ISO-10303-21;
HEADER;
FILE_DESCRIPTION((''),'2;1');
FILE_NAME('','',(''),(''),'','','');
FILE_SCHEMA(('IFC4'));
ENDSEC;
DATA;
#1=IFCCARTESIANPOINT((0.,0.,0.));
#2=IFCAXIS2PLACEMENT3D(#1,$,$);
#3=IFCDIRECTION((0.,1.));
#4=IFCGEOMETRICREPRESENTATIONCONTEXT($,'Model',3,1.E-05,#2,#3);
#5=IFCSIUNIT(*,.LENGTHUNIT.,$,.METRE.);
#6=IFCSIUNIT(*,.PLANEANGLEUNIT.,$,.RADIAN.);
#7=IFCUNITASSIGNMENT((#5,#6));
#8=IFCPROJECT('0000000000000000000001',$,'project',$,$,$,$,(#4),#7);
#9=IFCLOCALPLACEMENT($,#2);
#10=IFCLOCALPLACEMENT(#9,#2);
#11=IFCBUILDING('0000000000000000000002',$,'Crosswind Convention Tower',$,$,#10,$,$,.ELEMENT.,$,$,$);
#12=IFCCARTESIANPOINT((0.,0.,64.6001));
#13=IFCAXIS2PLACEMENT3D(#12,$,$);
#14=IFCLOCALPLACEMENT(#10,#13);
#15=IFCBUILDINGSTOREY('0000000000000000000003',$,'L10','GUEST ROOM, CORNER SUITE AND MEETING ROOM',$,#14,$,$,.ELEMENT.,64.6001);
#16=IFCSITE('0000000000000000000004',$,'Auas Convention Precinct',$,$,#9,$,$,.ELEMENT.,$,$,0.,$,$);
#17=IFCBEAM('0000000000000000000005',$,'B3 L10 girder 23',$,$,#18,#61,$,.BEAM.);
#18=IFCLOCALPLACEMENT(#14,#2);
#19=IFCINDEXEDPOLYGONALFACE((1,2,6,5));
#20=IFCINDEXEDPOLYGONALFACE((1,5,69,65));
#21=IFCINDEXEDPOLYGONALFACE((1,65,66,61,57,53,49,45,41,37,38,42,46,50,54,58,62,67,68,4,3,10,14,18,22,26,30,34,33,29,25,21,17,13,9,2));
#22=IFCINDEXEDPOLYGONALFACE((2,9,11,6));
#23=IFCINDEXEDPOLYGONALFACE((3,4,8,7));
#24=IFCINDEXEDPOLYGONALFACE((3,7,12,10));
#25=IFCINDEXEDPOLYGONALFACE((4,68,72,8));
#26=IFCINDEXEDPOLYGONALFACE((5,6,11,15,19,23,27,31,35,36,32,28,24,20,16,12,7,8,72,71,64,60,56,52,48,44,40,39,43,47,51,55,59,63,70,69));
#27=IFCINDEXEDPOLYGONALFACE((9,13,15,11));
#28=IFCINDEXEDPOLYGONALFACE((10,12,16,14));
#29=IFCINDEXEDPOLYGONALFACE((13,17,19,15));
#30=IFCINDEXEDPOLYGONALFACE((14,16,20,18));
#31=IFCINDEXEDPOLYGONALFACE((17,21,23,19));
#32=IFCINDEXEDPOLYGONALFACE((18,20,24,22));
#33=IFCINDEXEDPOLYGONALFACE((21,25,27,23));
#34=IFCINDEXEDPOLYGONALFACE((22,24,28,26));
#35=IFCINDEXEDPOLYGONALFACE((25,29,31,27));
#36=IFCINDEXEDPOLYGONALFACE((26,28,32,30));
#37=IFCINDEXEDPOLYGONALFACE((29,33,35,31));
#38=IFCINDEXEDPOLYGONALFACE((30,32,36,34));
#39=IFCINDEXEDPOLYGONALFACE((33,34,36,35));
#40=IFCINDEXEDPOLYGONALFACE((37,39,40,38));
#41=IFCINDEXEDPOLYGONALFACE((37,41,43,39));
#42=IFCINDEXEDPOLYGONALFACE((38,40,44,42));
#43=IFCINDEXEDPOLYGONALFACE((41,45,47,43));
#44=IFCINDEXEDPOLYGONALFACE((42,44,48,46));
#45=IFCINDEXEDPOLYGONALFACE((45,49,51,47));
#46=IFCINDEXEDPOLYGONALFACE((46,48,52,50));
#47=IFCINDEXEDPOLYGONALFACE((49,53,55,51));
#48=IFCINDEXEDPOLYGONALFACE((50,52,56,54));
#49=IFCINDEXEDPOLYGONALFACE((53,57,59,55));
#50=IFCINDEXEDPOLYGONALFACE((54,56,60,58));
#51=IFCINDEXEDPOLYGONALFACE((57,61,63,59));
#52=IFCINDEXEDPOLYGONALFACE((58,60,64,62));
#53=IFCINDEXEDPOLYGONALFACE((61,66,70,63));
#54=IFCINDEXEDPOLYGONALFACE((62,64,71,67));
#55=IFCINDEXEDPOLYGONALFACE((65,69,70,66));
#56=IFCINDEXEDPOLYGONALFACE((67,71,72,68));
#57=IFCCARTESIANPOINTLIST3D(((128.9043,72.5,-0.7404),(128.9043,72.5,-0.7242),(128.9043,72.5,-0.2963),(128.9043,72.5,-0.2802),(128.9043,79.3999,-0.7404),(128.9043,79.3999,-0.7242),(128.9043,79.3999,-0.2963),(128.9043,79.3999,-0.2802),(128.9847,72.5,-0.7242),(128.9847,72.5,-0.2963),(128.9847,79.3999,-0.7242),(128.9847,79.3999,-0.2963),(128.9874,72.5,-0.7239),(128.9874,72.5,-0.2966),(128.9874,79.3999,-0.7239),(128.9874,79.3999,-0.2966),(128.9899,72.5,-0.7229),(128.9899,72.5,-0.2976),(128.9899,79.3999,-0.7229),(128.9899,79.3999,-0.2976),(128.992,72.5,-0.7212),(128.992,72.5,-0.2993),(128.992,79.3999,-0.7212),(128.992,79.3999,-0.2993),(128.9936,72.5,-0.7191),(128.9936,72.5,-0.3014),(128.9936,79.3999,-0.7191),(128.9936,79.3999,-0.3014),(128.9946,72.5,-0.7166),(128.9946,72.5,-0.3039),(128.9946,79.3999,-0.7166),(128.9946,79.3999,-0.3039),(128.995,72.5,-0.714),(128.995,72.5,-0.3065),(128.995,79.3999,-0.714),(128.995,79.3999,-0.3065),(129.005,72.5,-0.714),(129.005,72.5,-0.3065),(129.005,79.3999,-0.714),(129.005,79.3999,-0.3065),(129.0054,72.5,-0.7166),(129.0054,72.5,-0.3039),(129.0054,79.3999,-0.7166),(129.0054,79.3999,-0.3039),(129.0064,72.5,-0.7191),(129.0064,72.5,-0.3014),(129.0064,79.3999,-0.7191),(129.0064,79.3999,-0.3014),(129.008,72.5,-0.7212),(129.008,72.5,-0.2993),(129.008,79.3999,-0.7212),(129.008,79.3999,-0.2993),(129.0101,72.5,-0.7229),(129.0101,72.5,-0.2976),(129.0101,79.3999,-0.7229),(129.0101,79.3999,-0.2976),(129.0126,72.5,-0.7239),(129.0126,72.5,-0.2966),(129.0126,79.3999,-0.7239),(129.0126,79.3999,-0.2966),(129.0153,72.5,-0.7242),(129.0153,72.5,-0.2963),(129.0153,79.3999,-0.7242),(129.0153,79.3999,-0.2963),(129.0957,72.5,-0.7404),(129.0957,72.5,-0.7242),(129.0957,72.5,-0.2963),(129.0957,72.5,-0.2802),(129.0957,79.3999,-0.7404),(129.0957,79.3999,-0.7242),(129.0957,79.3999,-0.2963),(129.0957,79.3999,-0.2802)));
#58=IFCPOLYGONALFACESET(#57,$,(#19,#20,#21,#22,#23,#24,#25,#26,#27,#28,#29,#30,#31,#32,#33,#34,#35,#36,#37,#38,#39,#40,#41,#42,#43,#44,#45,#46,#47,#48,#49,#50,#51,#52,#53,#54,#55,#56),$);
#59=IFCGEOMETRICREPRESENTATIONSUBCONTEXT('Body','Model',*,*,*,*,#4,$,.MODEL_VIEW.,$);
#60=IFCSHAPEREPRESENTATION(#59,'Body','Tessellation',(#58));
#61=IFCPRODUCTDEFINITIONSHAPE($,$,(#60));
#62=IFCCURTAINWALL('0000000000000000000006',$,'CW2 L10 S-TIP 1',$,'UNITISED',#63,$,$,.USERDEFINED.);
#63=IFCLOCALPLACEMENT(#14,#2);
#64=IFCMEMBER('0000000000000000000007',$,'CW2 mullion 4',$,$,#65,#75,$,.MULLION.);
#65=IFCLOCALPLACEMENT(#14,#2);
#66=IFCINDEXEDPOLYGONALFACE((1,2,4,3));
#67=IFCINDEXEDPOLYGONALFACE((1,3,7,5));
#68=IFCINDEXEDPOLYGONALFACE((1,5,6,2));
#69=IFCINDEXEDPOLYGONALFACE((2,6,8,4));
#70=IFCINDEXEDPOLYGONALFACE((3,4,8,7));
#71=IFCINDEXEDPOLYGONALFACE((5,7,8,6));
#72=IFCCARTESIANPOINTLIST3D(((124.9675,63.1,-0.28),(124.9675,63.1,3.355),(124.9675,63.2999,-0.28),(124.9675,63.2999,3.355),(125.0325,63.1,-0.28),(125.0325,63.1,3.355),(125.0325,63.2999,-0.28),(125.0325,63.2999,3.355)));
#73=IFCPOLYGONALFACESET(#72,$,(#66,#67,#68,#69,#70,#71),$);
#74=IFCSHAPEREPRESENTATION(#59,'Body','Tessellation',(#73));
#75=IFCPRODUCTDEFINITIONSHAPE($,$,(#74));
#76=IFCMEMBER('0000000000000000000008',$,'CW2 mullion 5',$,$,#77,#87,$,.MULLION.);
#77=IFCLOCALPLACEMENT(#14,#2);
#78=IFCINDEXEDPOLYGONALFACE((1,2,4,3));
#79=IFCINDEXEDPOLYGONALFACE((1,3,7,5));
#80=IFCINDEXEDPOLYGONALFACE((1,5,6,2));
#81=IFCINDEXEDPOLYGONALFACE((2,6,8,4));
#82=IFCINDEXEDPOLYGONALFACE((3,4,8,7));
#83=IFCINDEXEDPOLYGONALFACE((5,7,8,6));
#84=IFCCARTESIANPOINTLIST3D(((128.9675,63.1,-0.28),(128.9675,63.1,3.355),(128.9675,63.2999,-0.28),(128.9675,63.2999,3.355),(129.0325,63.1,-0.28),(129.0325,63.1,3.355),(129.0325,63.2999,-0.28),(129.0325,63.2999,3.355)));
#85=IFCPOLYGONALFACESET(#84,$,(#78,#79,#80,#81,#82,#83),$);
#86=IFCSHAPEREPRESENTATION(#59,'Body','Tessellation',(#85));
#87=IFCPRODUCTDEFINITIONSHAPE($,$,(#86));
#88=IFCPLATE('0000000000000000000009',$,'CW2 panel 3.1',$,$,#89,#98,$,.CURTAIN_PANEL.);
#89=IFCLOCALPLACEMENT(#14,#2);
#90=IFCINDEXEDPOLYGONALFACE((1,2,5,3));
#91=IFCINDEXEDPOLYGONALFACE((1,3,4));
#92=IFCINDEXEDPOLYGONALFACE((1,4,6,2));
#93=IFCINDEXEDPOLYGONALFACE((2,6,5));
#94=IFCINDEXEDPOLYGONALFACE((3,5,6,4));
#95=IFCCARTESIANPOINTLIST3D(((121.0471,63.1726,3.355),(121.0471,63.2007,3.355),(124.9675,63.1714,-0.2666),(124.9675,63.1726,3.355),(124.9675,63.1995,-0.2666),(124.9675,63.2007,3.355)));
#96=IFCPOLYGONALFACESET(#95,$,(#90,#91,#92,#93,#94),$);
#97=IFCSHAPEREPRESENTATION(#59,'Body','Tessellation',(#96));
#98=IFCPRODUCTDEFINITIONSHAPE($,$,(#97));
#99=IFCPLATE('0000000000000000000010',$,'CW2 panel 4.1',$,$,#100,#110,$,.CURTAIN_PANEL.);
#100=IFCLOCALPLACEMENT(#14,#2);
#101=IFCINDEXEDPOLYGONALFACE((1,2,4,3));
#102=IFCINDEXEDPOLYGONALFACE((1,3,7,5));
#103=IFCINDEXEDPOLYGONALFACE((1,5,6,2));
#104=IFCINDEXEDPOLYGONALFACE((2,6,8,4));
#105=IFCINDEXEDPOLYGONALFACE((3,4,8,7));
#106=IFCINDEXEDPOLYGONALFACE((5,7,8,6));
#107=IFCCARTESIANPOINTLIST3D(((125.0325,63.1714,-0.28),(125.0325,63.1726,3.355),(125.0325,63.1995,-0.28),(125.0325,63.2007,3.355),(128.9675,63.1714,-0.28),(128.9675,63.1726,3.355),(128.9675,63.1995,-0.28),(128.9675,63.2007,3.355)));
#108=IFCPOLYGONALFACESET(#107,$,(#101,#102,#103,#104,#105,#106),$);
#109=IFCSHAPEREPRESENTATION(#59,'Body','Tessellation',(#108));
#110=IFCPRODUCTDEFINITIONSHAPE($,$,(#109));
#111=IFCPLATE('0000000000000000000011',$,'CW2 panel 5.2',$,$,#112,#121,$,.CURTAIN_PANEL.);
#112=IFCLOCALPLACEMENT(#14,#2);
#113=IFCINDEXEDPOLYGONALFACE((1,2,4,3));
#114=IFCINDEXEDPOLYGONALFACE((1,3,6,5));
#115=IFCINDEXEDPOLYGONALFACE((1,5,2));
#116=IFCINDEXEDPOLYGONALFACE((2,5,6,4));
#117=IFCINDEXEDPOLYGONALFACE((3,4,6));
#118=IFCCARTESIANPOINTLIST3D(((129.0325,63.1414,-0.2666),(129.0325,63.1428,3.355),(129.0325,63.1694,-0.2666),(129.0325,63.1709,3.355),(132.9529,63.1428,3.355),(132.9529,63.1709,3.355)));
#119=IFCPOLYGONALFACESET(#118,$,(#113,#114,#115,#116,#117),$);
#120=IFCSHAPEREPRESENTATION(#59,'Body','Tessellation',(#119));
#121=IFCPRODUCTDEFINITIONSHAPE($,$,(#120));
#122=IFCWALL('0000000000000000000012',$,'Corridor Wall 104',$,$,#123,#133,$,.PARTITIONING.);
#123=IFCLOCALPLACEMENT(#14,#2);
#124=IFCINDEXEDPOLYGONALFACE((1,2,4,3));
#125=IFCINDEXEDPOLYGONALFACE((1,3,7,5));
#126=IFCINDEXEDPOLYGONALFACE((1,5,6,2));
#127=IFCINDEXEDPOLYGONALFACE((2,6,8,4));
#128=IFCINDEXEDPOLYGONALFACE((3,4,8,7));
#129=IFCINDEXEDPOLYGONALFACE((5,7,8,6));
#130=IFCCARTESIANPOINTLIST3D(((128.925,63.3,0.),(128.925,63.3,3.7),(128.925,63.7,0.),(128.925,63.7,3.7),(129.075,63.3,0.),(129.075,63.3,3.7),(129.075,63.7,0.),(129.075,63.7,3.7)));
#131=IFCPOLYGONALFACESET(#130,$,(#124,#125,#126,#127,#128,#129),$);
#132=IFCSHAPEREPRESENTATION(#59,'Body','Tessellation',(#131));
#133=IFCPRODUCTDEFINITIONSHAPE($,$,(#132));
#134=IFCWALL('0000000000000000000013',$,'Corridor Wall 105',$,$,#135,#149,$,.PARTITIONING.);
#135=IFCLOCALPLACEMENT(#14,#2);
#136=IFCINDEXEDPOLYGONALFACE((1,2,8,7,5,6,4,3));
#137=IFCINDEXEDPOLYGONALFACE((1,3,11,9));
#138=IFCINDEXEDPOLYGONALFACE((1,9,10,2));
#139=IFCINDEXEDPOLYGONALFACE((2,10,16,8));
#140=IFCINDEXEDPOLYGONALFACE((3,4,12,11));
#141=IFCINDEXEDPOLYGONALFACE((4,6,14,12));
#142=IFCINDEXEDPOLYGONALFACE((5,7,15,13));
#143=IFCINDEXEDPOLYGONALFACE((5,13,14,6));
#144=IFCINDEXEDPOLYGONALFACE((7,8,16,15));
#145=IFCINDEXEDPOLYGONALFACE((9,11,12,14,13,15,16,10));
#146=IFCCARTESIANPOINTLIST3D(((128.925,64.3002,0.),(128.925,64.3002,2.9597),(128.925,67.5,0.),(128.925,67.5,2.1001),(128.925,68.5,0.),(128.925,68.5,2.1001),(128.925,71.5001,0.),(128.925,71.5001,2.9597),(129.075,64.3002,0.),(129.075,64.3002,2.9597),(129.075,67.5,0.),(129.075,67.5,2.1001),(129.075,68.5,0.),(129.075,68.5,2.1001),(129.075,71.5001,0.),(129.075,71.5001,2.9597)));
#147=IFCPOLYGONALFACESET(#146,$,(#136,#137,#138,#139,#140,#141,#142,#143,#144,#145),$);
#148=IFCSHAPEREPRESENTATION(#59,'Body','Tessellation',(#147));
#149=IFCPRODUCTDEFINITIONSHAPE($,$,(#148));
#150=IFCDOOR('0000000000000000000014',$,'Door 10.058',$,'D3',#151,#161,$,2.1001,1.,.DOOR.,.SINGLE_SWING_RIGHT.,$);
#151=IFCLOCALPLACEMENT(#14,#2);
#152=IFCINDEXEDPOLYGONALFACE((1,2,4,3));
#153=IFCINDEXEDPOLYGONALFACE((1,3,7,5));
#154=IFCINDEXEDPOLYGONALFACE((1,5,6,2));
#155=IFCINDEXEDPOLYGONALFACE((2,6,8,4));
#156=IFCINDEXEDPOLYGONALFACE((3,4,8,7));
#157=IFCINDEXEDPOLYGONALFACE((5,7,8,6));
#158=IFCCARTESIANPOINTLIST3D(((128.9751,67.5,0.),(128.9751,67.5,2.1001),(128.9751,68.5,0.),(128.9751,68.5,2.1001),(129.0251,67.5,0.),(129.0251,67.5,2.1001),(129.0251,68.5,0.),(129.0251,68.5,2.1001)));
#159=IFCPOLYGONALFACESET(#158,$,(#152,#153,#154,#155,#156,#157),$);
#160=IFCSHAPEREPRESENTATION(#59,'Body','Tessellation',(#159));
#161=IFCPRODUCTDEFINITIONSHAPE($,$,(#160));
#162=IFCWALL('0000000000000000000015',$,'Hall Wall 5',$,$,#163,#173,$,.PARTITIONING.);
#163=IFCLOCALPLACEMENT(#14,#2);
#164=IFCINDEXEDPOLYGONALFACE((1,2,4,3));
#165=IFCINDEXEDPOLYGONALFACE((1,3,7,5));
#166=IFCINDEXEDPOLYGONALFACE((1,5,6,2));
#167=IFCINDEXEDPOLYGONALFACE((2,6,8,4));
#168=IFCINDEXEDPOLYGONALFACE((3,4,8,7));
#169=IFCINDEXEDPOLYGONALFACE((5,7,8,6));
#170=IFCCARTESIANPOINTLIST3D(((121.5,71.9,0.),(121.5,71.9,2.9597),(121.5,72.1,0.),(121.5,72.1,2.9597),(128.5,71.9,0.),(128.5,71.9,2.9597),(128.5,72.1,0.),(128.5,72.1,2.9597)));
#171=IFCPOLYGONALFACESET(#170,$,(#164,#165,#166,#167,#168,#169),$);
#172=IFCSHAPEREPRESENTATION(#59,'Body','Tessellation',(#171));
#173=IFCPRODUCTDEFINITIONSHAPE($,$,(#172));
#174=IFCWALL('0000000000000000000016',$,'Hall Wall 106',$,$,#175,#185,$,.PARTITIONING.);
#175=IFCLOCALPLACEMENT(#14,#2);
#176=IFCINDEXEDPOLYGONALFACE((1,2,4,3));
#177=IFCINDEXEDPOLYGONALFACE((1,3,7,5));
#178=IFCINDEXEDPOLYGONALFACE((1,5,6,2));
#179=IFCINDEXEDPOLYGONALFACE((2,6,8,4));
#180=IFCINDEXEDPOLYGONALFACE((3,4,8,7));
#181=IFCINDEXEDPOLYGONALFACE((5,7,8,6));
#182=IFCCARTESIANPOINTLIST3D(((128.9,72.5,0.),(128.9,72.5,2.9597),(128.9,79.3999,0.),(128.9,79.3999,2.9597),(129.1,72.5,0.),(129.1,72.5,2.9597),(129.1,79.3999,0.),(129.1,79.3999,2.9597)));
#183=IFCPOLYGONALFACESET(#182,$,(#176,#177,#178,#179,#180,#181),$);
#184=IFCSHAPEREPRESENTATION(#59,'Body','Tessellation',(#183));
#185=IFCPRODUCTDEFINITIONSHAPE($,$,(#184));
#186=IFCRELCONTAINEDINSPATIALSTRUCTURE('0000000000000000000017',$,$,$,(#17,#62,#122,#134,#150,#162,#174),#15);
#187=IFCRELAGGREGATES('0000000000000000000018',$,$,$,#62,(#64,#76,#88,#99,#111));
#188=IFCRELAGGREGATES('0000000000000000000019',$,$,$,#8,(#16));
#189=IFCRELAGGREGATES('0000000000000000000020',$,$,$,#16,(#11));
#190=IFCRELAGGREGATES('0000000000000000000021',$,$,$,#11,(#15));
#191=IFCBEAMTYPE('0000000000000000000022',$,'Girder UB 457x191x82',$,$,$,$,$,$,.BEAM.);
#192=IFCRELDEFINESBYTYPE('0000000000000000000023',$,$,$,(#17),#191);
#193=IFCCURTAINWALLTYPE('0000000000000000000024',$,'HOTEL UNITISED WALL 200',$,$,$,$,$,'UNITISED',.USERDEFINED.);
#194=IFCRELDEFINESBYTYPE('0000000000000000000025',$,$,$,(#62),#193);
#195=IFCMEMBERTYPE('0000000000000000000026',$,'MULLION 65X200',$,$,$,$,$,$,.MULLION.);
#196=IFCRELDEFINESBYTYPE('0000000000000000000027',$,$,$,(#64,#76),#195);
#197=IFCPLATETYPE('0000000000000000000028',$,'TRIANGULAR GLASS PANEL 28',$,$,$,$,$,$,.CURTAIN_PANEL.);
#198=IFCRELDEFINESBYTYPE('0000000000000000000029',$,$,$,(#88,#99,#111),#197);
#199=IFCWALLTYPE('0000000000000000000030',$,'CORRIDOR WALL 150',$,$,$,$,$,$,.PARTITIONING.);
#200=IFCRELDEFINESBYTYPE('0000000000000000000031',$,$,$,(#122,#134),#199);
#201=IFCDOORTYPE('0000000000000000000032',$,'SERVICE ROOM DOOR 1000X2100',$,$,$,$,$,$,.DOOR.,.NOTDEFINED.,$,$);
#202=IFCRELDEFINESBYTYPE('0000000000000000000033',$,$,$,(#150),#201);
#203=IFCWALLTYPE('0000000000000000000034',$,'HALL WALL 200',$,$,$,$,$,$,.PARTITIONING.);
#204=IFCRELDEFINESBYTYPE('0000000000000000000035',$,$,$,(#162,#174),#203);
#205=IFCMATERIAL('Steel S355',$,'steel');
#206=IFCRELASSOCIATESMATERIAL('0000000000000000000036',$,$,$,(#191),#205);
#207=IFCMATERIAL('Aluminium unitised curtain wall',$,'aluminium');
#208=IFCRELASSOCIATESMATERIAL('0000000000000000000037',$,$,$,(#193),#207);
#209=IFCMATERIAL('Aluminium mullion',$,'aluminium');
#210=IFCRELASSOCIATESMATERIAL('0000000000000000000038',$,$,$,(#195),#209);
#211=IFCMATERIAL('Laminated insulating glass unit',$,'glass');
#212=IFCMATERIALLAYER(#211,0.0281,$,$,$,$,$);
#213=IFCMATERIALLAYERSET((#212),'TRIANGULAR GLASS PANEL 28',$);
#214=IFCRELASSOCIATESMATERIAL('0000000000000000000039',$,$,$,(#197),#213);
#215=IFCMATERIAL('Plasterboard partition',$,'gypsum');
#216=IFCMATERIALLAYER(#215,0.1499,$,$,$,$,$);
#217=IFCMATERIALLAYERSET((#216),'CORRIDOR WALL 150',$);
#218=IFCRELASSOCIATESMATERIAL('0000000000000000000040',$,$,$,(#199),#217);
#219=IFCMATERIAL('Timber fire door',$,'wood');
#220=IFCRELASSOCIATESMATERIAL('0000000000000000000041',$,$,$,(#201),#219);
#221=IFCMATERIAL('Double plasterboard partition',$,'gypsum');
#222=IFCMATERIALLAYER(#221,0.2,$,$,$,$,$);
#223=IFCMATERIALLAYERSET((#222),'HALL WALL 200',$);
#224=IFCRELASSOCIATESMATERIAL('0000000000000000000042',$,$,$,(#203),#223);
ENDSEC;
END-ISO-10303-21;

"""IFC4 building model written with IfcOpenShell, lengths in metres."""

from ifc_helpers import new_model, si_unit, direction, frame, frame_2d, origin, origin_2d, place, context, subcontext, project, spatial, polyline, rectangle, i_section, outline, extrude, material, layer, layer_set, material_profile, profile_set, type_object, element, fill, aggregate, save


model = new_model("IFC4")

# Units and contexts
model_context = context("Model", 3, precision=1e-05, world=origin(), true_north=direction((0.0, 1.0)))
body_context = subcontext(model_context, "Body", "Model", "MODEL_VIEW")
ifc_project = project(units=[si_unit("LENGTHUNIT", "METRE"), si_unit("PLANEANGLEUNIT", "RADIAN")], contexts=[model_context])

# Site, building, storey
site_placement = place(None, origin())
site = spatial("IfcSite", under=ifc_project, at=site_placement, Name="Auas Convention Precinct", CompositionType="ELEMENT", RefElevation=0.0)
building_placement = place(site_placement, origin())
building = spatial("IfcBuilding", under=site, at=building_placement, Name="Crosswind Convention Tower", CompositionType="ELEMENT")
storey_placement = place(building_placement, frame((0.0, 0.0, 64.6001)))
storey = spatial("IfcBuildingStorey", under=building, at=storey_placement, Name="L10", Description="GUEST ROOM, CORNER SUITE AND MEETING ROOM", CompositionType="ELEMENT", Elevation=64.6001)

# Beam
ifc_material_1 = material(Name="Steel S355", Category="steel")
ifc_material_profile_1 = material_profile(ifc_material_1, i_section(OverallWidth=0.1914, OverallDepth=0.4602, WebThickness=0.01, FlangeThickness=0.0161, FilletRadius=0.0103, at=origin_2d()), Name="UB 457x191x82")
ifc_profile_set_1 = profile_set([ifc_material_profile_1], Name="Steel S355")
beam_type_1 = type_object("IfcBeamType", Name="Girder UB 457x191x82", PredefinedType="BEAM", material=ifc_profile_set_1)
beam_1_placement = place(storey_placement, frame((129.0, 72.5, -0.5103), z_axis=(0.0, 1.0, 0.0), x_axis=(-1.0, 0.0, 0.0)))
element("IfcBeam", 1, at=beam_1_placement, inside=storey, type_object=beam_type_1, Name="B3 L10 girder 23", PredefinedType="BEAM", context=body_context, shape_type="SweptSolid", body=[
    extrude(i_section(OverallWidth=0.1914, OverallDepth=0.4602, WebThickness=0.01, FlangeThickness=0.0161, FilletRadius=0.0103, at=origin_2d()), origin(), (0.0, 0.0, 1.0), 6.8999),
])

# Curtain wall, members, plates
ifc_material_2 = material(Name="Aluminium unitised curtain wall", Category="aluminium")
curtain_wall_type = type_object("IfcCurtainWallType", Name="HOTEL UNITISED WALL 200", ElementType="UNITISED", PredefinedType="USERDEFINED", material=ifc_material_2)
curtain_wall_placement = place(storey_placement, origin())
curtain_wall = element("IfcCurtainWall", 2, at=curtain_wall_placement, inside=storey, type_object=curtain_wall_type, Name="CW2 L10 S-TIP 1", ObjectType="UNITISED", PredefinedType="USERDEFINED")
ifc_material_3 = material(Name="Aluminium mullion", Category="aluminium")
ifc_material_profile_2 = material_profile(ifc_material_3, rectangle(XDim=0.2, YDim=0.0649, at=origin_2d()), Name="AL 200X65")
ifc_profile_set_2 = profile_set([ifc_material_profile_2], Name="Aluminium mullion")
member_type = type_object("IfcMemberType", Name="MULLION 65X200", PredefinedType="MULLION", material=ifc_profile_set_2)
member_1_placement = place(storey_placement, frame((125.0, 63.2, -0.28), z_axis=(0.0, 0.0, 1.0), x_axis=(0.0, -1.0, 0.0)))
member_1 = element("IfcMember", 3, at=member_1_placement, type_object=member_type, Name="CW2 mullion 4", PredefinedType="MULLION", context=body_context, shape_type="SweptSolid", body=[
    extrude(rectangle(XDim=0.2, YDim=0.0649, at=origin_2d()), origin(), (0.0, 0.0, 1.0), 3.635),
])
member_2_placement = place(storey_placement, frame((129.0, 63.2, -0.28), z_axis=(0.0, 0.0, 1.0), x_axis=(0.0, -1.0, 0.0)))
member_2 = element("IfcMember", 4, at=member_2_placement, type_object=member_type, Name="CW2 mullion 5", PredefinedType="MULLION", context=body_context, shape_type="SweptSolid", body=[
    extrude(rectangle(XDim=0.2, YDim=0.0649, at=origin_2d()), origin(), (0.0, 0.0, 1.0), 3.635),
])
ifc_material_4 = material(Name="Laminated insulating glass unit", Category="glass")
ifc_layer_1 = layer(ifc_material_4, 0.0281)
ifc_layer_set_1 = layer_set([ifc_layer_1], Name="TRIANGULAR GLASS PANEL 28")
plate_type = type_object("IfcPlateType", Name="TRIANGULAR GLASS PANEL 28", PredefinedType="CURTAIN_PANEL", material=ifc_layer_set_1)
plate_1_placement = place(storey_placement, frame((124.9675, 63.1726, 3.355), z_axis=(0.0, -1.0, 0.000337), x_axis=(-1.0, 0.0, 0.0)))
plate_1 = element("IfcPlate", 5, at=plate_1_placement, type_object=plate_type, Name="CW2 panel 3.1", PredefinedType="CURTAIN_PANEL", context=body_context, shape_type="SweptSolid", body=[
    extrude(outline(polyline([(0.0, 0.0), (3.9204, 0.0), (0.0, 3.6216), (0.0, 0.0)])), origin(), (0.0, 0.0, -1.0), 0.0281),
])
plate_2_placement = place(storey_placement, frame((125.0325, 63.1714, -0.28), z_axis=(0.0, -1.0, 0.000336), x_axis=(1.0, 0.0, 0.0)))
plate_2 = element("IfcPlate", 6, at=plate_2_placement, type_object=plate_type, Name="CW2 panel 4.1", PredefinedType="CURTAIN_PANEL", context=body_context, shape_type="SweptSolid", body=[
    extrude(outline(polyline([(0.0, 0.0), (3.9351, 0.0), (3.9351, 3.635), (0.0, 3.635), (0.0, 0.0)])), origin(), (0.0, 0.0, -1.0), 0.0281),
])
plate_3_placement = place(storey_placement, frame((129.0325, 63.1428, 3.355), z_axis=(0.0, -1.0, 0.000404), x_axis=(0.0, -0.000404, -1.0)))
plate_3 = element("IfcPlate", 7, at=plate_3_placement, type_object=plate_type, Name="CW2 panel 5.2", PredefinedType="CURTAIN_PANEL", context=body_context, shape_type="SweptSolid", body=[
    extrude(outline(polyline([(0.0, 0.0), (3.6216, 0.0), (0.0, 3.9204), (0.0, 0.0)])), origin(), (0.0, 0.0, -1.0), 0.0281),
])
aggregate(curtain_wall, [member_1, member_2, plate_1, plate_2, plate_3])

# Wall
ifc_material_5 = material(Name="Plasterboard partition", Category="gypsum")
ifc_layer_2 = layer(ifc_material_5, 0.1499)
ifc_layer_set_2 = layer_set([ifc_layer_2], Name="CORRIDOR WALL 150")
wall_type_1 = type_object("IfcWallType", Name="CORRIDOR WALL 150", PredefinedType="PARTITIONING", material=ifc_layer_set_2)
wall_1_placement = place(storey_placement, frame((129.0, 63.3, 0.0), z_axis=(0.0, 0.0, 1.0), x_axis=(0.0, 1.0, 0.0)))
element("IfcWall", 8, at=wall_1_placement, inside=storey, type_object=wall_type_1, Name="Corridor Wall 104", PredefinedType="PARTITIONING", context=body_context, shape_type="SweptSolid", body=[
    extrude(rectangle(XDim=0.3999, YDim=0.1499, at=frame_2d((0.2, 0.0))), origin(), (0.0, 0.0, 1.0), 3.7),
])

# Wall, opening, door
wall_2_placement = place(storey_placement, frame((129.0, 64.3, 0.0), z_axis=(0.0, 0.0, 1.0), x_axis=(0.0, 1.0, 0.0)))
wall_2 = element("IfcWall", 9, at=wall_2_placement, inside=storey, type_object=wall_type_1, Name="Corridor Wall 105", PredefinedType="PARTITIONING", context=body_context, shape_type="SweptSolid", body=[
    extrude(rectangle(XDim=7.2, YDim=0.1499, at=frame_2d((3.6001, 0.0))), origin(), (0.0, 0.0, 1.0), 2.9597),
])
opening_placement = place(wall_2_placement, frame((3.2, 0.0, 0.0)))
opening = element("IfcOpeningElement", 10, at=opening_placement, cuts=wall_2, PredefinedType="OPENING", context=body_context, shape_type="SweptSolid", body=[
    extrude(rectangle(XDim=1.0, YDim=2.1001, at=frame_2d((0.5, 1.05))), frame((0.0, 0.085, 0.0), z_axis=(0.0, -1.0, 0.0), x_axis=(1.0, 0.0, 0.0)), (0.0, 0.0, 1.0), 0.1699),
])
ifc_material_6 = material(Name="Timber fire door", Category="wood")
door_type = type_object("IfcDoorType", Name="SERVICE ROOM DOOR 1000X2100", OperationType="NOTDEFINED", PredefinedType="DOOR", material=ifc_material_6)
door_placement = place(opening_placement, origin())
door = element("IfcDoor", 11, at=door_placement, inside=storey, type_object=door_type, Name="Door 10.058", ObjectType="D3", OperationType="SINGLE_SWING_RIGHT", OverallHeight=2.1001, OverallWidth=1.0, PredefinedType="DOOR", context=body_context, shape_type="SweptSolid", body=[
    extrude(rectangle(XDim=1.0, YDim=2.1001, at=frame_2d((0.5, 1.05))), frame((0.0, 0.0249, 0.0), z_axis=(0.0, -1.0, 0.0), x_axis=(1.0, 0.0, 0.0)), (0.0, 0.0, 1.0), 0.05),
])
fill(opening, door)

# Walls
ifc_material_7 = material(Name="Double plasterboard partition", Category="gypsum")
ifc_layer_3 = layer(ifc_material_7, 0.2)
ifc_layer_set_3 = layer_set([ifc_layer_3], Name="HALL WALL 200")
wall_type_2 = type_object("IfcWallType", Name="HALL WALL 200", PredefinedType="PARTITIONING", material=ifc_layer_set_3)
wall_3_placement = place(storey_placement, frame((121.5, 72.0, 0.0), z_axis=(0.0, 0.0, 1.0), x_axis=(1.0, 0.0, 0.0)))
element("IfcWall", 12, at=wall_3_placement, inside=storey, type_object=wall_type_2, Name="Hall Wall 5", PredefinedType="PARTITIONING", context=body_context, shape_type="SweptSolid", body=[
    extrude(rectangle(XDim=7.0, YDim=0.2, at=frame_2d((3.5, 0.0))), origin(), (0.0, 0.0, 1.0), 2.9597),
])
wall_4_placement = place(storey_placement, frame((129.0, 72.5, 0.0), z_axis=(0.0, 0.0, 1.0), x_axis=(0.0, 1.0, 0.0)))
element("IfcWall", 13, at=wall_4_placement, inside=storey, type_object=wall_type_2, Name="Hall Wall 106", PredefinedType="PARTITIONING", context=body_context, shape_type="SweptSolid", body=[
    extrude(rectangle(XDim=6.8999, YDim=0.2, at=frame_2d((3.45, 0.0))), origin(), (0.0, 0.0, 1.0), 2.9597),
])

save(model, "model.ifc")
